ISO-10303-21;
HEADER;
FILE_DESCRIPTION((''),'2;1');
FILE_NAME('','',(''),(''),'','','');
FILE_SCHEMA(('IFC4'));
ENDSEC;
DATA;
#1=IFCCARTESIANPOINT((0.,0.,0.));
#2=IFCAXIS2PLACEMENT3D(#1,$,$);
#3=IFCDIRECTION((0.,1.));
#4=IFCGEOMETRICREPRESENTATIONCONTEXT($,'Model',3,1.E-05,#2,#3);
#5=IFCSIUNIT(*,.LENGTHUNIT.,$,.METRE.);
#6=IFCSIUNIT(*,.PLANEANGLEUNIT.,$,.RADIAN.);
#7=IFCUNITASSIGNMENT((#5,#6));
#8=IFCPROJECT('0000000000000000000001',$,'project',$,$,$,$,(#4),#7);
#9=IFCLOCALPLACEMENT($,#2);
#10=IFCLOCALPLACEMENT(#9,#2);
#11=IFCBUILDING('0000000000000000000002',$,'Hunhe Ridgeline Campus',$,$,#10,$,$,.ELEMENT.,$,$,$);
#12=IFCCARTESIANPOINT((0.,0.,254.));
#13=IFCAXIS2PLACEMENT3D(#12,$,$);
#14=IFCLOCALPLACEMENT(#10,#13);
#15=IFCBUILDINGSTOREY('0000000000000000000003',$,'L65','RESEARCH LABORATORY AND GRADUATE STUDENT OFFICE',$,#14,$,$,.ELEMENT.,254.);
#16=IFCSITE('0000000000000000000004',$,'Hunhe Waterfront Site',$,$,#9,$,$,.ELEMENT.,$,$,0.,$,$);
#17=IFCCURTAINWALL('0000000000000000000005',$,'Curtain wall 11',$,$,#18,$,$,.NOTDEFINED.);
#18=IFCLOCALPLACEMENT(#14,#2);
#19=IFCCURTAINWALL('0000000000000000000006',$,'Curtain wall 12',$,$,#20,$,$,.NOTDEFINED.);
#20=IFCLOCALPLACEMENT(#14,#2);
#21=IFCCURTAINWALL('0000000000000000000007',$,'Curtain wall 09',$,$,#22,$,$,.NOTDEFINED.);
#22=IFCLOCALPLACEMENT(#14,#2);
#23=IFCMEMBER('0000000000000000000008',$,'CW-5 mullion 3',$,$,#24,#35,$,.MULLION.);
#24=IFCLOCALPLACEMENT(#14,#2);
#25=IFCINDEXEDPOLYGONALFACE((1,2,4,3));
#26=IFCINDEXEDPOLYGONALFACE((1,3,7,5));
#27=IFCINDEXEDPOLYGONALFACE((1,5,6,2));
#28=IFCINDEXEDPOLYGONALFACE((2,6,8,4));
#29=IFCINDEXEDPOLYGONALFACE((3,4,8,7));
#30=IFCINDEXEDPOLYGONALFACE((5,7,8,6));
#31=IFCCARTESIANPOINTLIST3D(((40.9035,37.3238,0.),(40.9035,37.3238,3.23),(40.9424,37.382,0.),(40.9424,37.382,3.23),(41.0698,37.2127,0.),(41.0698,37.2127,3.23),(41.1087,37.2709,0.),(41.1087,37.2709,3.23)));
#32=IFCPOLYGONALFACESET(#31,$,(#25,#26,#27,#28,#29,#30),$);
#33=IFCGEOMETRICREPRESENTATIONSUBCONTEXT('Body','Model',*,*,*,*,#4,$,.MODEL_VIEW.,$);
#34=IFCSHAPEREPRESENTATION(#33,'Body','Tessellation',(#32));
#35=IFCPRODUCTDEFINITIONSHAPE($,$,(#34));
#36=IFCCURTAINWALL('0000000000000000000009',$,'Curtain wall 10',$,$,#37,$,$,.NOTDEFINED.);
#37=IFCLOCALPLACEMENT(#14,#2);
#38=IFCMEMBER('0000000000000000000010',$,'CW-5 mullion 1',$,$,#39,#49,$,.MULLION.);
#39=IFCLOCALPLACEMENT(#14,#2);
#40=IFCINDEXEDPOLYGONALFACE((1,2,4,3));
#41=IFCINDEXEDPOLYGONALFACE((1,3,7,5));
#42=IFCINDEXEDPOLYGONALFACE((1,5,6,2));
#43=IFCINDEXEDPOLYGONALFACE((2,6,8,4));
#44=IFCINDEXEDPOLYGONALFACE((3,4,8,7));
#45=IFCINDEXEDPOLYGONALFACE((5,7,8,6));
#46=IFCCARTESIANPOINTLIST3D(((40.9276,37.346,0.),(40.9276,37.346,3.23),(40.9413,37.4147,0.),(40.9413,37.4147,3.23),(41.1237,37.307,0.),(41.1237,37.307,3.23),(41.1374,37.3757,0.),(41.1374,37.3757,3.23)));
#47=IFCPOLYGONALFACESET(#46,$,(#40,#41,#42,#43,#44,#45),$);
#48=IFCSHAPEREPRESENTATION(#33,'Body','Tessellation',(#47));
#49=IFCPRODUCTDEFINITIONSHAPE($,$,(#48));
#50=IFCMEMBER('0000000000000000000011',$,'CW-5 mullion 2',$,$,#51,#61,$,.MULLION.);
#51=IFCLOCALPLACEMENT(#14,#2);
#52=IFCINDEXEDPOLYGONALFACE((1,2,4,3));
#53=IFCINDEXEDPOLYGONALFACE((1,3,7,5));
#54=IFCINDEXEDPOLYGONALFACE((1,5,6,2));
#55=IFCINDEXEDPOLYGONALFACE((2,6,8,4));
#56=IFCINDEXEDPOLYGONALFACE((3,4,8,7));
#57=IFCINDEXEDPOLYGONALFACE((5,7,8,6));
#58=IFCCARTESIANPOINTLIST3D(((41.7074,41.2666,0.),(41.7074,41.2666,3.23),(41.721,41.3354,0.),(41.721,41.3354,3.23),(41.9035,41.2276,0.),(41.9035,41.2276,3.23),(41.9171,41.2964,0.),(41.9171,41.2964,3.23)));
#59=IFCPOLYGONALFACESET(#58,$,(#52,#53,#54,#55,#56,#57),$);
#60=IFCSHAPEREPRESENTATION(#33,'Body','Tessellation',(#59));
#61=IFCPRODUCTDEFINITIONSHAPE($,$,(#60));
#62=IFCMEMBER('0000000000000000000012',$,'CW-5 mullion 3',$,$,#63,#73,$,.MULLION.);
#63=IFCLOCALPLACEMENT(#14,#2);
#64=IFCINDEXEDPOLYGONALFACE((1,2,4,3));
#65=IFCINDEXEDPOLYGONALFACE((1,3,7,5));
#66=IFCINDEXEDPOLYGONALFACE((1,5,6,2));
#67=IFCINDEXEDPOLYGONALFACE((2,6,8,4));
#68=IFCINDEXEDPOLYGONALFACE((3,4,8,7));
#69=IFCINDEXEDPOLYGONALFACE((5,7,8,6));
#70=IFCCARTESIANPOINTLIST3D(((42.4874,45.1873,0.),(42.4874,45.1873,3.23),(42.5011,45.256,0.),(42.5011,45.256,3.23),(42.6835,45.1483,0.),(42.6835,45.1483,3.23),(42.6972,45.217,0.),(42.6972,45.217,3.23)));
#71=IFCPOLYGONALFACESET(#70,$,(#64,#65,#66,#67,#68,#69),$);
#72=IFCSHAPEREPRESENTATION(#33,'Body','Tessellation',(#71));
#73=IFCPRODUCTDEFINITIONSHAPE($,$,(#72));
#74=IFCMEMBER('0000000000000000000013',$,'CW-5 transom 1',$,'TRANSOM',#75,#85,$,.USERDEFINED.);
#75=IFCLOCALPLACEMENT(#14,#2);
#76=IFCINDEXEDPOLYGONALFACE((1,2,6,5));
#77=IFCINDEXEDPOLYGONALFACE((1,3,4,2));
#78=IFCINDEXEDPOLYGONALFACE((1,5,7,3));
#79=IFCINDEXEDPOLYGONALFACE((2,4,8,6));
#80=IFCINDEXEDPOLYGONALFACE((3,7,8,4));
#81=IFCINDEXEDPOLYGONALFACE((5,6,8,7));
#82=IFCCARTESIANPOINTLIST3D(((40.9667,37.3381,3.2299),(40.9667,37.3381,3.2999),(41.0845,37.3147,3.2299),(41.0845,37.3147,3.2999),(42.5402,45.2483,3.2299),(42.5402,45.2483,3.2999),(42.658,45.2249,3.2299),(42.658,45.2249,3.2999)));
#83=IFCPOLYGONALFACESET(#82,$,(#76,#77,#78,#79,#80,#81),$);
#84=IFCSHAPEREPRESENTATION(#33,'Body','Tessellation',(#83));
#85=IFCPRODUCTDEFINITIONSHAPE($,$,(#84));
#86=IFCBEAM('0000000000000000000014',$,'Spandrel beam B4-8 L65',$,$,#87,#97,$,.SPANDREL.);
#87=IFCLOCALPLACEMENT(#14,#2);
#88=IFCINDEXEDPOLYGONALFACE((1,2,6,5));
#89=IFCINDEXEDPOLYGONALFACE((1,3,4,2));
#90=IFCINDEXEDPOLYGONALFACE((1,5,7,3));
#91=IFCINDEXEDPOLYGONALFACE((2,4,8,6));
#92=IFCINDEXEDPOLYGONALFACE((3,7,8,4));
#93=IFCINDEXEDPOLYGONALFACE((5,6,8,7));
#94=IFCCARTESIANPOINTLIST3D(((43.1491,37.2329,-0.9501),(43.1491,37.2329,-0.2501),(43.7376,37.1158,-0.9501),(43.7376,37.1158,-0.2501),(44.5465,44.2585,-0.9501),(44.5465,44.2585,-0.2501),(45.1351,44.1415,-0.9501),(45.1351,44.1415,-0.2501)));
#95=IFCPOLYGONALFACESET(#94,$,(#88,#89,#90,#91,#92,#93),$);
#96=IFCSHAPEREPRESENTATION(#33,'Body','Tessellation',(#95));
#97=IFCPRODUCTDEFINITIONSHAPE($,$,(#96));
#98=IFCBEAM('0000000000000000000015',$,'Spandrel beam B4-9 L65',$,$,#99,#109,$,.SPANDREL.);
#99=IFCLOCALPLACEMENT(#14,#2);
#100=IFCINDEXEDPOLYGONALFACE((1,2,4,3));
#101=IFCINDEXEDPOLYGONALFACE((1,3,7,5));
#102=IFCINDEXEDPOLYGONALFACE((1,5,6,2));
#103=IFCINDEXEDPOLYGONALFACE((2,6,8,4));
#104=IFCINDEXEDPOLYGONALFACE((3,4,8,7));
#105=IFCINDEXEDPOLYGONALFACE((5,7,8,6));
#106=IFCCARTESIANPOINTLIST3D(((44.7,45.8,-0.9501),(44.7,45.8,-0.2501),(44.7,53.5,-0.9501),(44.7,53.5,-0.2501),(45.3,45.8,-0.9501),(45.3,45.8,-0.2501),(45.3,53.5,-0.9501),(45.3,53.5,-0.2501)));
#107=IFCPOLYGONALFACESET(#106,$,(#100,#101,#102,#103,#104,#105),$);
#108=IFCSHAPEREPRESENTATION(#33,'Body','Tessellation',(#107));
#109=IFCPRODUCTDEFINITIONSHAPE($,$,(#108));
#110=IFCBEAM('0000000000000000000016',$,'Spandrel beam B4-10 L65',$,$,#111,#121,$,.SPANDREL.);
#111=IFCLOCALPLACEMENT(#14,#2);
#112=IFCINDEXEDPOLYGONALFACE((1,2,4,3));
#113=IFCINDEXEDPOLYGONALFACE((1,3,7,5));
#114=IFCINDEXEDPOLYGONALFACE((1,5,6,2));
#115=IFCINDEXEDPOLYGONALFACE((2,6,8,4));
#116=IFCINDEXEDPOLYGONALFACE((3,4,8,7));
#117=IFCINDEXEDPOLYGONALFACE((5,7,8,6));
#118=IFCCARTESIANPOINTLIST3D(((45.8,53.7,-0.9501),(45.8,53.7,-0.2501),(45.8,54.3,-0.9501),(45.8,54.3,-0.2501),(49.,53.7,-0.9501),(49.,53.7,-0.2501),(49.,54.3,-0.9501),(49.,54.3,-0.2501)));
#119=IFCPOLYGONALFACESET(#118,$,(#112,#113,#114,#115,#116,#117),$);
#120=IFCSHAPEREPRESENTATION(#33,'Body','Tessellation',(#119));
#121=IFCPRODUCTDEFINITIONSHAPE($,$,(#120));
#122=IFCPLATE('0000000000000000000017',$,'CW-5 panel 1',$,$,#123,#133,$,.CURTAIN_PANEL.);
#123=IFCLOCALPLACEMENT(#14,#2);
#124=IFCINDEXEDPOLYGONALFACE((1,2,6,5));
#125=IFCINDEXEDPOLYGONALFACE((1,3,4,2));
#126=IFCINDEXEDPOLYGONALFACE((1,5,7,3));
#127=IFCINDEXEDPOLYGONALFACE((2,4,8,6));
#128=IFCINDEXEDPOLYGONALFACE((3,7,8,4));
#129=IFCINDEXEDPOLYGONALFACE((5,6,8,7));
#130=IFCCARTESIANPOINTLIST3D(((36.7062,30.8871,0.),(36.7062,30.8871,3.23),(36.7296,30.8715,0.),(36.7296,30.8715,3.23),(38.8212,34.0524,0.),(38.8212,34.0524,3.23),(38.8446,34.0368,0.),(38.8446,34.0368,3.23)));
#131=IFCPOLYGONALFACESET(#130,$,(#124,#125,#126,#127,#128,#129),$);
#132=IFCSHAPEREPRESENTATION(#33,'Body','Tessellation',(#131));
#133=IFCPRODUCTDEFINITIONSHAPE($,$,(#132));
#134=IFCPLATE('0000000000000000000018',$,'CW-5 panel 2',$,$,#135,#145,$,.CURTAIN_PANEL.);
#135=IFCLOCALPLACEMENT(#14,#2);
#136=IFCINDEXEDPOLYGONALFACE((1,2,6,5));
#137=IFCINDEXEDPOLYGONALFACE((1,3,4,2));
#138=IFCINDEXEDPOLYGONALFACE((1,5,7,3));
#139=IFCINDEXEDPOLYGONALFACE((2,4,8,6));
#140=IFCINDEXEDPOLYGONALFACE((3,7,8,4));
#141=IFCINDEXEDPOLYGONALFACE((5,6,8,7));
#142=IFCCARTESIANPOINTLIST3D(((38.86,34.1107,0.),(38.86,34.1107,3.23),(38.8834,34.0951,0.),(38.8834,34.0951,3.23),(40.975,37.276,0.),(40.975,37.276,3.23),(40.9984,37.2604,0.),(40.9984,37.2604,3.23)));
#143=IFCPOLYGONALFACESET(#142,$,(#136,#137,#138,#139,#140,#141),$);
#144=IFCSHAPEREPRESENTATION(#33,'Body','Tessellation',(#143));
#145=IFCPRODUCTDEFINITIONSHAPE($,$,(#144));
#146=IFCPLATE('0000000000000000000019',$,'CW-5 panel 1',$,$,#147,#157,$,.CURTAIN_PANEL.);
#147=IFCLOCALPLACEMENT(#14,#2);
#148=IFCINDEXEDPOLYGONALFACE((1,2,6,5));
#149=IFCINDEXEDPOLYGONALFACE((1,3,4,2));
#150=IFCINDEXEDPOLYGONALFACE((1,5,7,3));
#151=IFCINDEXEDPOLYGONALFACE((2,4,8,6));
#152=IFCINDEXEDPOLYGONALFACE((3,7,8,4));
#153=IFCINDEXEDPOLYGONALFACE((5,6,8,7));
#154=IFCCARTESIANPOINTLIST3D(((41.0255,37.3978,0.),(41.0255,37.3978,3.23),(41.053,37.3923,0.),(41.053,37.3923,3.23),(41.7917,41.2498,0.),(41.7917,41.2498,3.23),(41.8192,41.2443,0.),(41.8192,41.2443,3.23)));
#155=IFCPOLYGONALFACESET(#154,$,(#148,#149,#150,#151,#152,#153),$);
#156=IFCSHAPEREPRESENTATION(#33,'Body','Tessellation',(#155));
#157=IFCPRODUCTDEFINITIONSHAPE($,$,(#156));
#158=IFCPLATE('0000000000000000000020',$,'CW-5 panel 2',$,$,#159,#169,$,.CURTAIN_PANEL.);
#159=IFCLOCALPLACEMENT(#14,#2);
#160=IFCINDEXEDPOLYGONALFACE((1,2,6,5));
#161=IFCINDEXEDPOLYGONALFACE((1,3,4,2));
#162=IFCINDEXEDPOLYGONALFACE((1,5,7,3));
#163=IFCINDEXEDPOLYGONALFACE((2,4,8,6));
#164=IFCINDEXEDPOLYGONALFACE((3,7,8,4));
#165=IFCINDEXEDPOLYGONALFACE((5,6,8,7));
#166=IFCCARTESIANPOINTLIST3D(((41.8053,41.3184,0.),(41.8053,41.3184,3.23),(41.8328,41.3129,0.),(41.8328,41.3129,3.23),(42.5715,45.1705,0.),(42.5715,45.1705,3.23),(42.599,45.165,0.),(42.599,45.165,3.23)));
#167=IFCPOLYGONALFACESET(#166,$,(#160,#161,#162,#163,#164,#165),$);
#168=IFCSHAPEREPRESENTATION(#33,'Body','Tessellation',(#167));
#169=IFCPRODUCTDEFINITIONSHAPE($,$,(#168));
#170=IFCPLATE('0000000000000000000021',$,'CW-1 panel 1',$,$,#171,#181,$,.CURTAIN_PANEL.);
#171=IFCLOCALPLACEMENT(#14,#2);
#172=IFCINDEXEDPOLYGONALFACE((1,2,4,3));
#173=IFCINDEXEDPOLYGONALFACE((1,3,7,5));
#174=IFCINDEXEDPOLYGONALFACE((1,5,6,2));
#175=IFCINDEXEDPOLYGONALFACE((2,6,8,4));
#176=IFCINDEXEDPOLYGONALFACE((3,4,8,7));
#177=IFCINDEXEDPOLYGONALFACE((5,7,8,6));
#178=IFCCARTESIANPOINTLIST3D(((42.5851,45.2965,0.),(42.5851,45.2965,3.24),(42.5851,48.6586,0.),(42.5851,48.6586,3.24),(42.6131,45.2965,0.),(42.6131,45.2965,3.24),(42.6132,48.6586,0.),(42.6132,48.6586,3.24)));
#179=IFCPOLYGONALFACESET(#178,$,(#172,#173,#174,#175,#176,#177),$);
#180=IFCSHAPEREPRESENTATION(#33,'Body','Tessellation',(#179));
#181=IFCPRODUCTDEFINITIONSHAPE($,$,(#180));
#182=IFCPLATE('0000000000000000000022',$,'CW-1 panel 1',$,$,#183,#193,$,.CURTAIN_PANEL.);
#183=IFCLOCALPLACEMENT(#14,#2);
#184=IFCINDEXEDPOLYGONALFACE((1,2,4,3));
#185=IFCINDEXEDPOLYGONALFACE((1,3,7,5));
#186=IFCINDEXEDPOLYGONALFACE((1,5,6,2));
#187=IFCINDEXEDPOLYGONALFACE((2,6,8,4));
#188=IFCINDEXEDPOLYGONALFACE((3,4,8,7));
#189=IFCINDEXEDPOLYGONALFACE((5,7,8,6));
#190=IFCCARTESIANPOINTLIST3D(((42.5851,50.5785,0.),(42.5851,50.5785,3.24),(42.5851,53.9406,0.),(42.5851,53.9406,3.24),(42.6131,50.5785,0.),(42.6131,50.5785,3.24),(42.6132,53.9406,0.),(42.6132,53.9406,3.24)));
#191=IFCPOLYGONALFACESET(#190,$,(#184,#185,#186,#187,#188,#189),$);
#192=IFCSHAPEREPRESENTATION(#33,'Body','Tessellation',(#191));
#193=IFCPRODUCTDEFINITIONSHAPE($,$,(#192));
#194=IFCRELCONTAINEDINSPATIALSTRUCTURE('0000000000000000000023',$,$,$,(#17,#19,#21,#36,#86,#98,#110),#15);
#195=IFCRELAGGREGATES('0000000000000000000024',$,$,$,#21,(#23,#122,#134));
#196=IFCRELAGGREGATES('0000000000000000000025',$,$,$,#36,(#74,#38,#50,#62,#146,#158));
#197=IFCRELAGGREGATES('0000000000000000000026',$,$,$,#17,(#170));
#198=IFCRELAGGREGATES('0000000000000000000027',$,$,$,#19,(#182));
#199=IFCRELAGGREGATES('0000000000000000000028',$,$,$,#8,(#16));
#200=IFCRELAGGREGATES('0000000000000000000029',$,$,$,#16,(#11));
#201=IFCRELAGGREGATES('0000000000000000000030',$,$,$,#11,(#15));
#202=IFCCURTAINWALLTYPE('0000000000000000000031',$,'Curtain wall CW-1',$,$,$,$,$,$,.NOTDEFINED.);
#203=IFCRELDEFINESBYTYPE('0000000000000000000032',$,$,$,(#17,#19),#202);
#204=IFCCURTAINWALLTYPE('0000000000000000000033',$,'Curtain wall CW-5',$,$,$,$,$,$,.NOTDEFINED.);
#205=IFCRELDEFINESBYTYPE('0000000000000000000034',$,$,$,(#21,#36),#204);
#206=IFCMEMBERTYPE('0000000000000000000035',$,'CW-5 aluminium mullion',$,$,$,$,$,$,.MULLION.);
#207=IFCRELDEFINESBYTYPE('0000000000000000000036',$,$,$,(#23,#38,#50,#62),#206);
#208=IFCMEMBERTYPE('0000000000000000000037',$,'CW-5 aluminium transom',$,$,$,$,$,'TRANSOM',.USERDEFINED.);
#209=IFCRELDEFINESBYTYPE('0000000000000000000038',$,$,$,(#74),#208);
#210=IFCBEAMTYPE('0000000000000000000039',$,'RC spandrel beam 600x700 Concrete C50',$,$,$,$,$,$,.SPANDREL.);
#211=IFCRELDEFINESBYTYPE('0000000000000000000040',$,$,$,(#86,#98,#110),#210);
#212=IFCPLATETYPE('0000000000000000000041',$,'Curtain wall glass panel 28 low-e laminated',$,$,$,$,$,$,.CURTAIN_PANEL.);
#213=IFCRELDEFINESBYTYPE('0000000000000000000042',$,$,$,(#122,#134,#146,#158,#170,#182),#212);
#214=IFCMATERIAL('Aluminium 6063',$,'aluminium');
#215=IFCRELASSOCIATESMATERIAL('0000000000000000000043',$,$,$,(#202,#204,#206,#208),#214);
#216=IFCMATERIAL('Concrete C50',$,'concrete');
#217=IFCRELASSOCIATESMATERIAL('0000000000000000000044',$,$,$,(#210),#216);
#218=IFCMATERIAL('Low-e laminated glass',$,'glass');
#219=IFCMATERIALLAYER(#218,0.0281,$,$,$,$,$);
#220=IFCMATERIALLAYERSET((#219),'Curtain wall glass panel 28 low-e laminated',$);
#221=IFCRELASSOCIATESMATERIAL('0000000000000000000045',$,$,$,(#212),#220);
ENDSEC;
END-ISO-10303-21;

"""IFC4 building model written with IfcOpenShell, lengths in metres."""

from ifc_helpers import new_model, si_unit, direction, frame, origin, origin_2d, place, context, subcontext, project, spatial, rectangle, extrude, material, layer, layer_set, material_profile, profile_set, type_object, element, aggregate, save


model = new_model("IFC4")

# Units and contexts
model_context = context("Model", 3, precision=1e-05, world=origin(), true_north=direction((0.0, 1.0)))
body_context = subcontext(model_context, "Body", "Model", "MODEL_VIEW")
ifc_project = project(units=[si_unit("LENGTHUNIT", "METRE"), si_unit("PLANEANGLEUNIT", "RADIAN")], contexts=[model_context])

# Site, building, storey
site_placement = place(None, origin())
site = spatial("IfcSite", under=ifc_project, at=site_placement, Name="Hunhe Waterfront Site", CompositionType="ELEMENT", RefElevation=0.0)
building_placement = place(site_placement, origin())
building = spatial("IfcBuilding", under=site, at=building_placement, Name="Hunhe Ridgeline Campus", CompositionType="ELEMENT")
storey_placement = place(building_placement, frame((0.0, 0.0, 254.0)))
storey = spatial("IfcBuildingStorey", under=building, at=storey_placement, Name="L65", Description="RESEARCH LABORATORY AND GRADUATE STUDENT OFFICE", CompositionType="ELEMENT", Elevation=254.0)

# Curtain walls
ifc_material_1 = material(Name="Aluminium 6063", Category="aluminium")
curtain_wall_type_1 = type_object("IfcCurtainWallType", Name="Curtain wall CW-1", PredefinedType="NOTDEFINED", material=ifc_material_1)
curtain_wall_1_placement = place(storey_placement, origin())
curtain_wall_1 = element("IfcCurtainWall", 1, at=curtain_wall_1_placement, inside=storey, type_object=curtain_wall_type_1, Name="Curtain wall 11", PredefinedType="NOTDEFINED")
curtain_wall_2_placement = place(storey_placement, origin())
curtain_wall_2 = element("IfcCurtainWall", 2, at=curtain_wall_2_placement, inside=storey, type_object=curtain_wall_type_1, Name="Curtain wall 12", PredefinedType="NOTDEFINED")

# Curtain walls, members
curtain_wall_type_2 = type_object("IfcCurtainWallType", Name="Curtain wall CW-5", PredefinedType="NOTDEFINED", material=ifc_material_1)
curtain_wall_3_placement = place(storey_placement, origin())
curtain_wall_3 = element("IfcCurtainWall", 3, at=curtain_wall_3_placement, inside=storey, type_object=curtain_wall_type_2, Name="Curtain wall 09", PredefinedType="NOTDEFINED")
ifc_material_profile_1 = material_profile(ifc_material_1, rectangle(XDim=0.2, YDim=0.0701, at=origin_2d()))
ifc_profile_set_1 = profile_set([ifc_material_profile_1], Name="Aluminium 6063")
member_type_1 = type_object("IfcMemberType", Name="CW-5 aluminium mullion", PredefinedType="MULLION", material=ifc_profile_set_1)
member_1_placement = place(storey_placement, frame((41.0061, 37.2974, 0.0), z_axis=(0.0, 0.0, 1.0), x_axis=(-0.83147, 0.55557, 0.0)))
member_1 = element("IfcMember", 4, at=member_1_placement, type_object=member_type_1, Name="CW-5 mullion 3", PredefinedType="MULLION", context=body_context, shape_type="SweptSolid", body=[
    extrude(rectangle(XDim=0.2, YDim=0.0701, at=origin_2d()), origin(), (0.0, 0.0, 1.0), 3.23),
])
curtain_wall_4_placement = place(storey_placement, origin())
curtain_wall_4 = element("IfcCurtainWall", 5, at=curtain_wall_4_placement, inside=storey, type_object=curtain_wall_type_2, Name="Curtain wall 10", PredefinedType="NOTDEFINED")
member_2_placement = place(storey_placement, frame((41.0325, 37.3608, 0.0), z_axis=(0.0, 0.0, 1.0), x_axis=(-0.980785, 0.19509, 0.0)))
member_2 = element("IfcMember", 6, at=member_2_placement, type_object=member_type_1, Name="CW-5 mullion 1", PredefinedType="MULLION", context=body_context, shape_type="SweptSolid", body=[
    extrude(rectangle(XDim=0.2, YDim=0.0701, at=origin_2d()), origin(), (0.0, 0.0, 1.0), 3.23),
])
member_3_placement = place(storey_placement, frame((41.8123, 41.2815, 0.0), z_axis=(0.0, 0.0, 1.0), x_axis=(-0.980785, 0.19509, 0.0)))
member_3 = element("IfcMember", 7, at=member_3_placement, type_object=member_type_1, Name="CW-5 mullion 2", PredefinedType="MULLION", context=body_context, shape_type="SweptSolid", body=[
    extrude(rectangle(XDim=0.2, YDim=0.0701, at=origin_2d()), origin(), (0.0, 0.0, 1.0), 3.23),
])
member_4_placement = place(storey_placement, frame((42.5923, 45.2021, 0.0), z_axis=(0.0, 0.0, 1.0), x_axis=(-0.980785, 0.19509, 0.0)))
member_4 = element("IfcMember", 8, at=member_4_placement, type_object=member_type_1, Name="CW-5 mullion 3", PredefinedType="MULLION", context=body_context, shape_type="SweptSolid", body=[
    extrude(rectangle(XDim=0.2, YDim=0.0701, at=origin_2d()), origin(), (0.0, 0.0, 1.0), 3.23),
])
ifc_material_profile_2 = material_profile(ifc_material_1, rectangle(XDim=0.1201, YDim=0.0701, at=origin_2d()))
ifc_profile_set_2 = profile_set([ifc_material_profile_2], Name="Aluminium 6063")
member_type_2 = type_object("IfcMemberType", Name="CW-5 aluminium transom", ElementType="TRANSOM", PredefinedType="USERDEFINED", material=ifc_profile_set_2)
member_5_placement = place(storey_placement, frame((41.0256, 37.3264, 3.2649), z_axis=(0.195097, 0.980784, 0.0), x_axis=(-0.980784, 0.195097, 0.0)))
member_5 = element("IfcMember", 9, at=member_5_placement, type_object=member_type_2, Name="CW-5 transom 1", ObjectType="TRANSOM", PredefinedType="USERDEFINED", context=body_context, shape_type="SweptSolid", body=[
    extrude(rectangle(XDim=0.1201, YDim=0.0701, at=origin_2d()), origin(), (0.0, 0.0, 1.0), 8.0652),
])

# Beams
ifc_material_2 = material(Name="Concrete C50", Category="concrete")
ifc_material_profile_3 = material_profile(ifc_material_2, rectangle(XDim=0.6001, YDim=0.7, at=origin_2d()))
ifc_profile_set_3 = profile_set([ifc_material_profile_3], Name="Concrete C50")
beam_type = type_object("IfcBeamType", Name="RC spandrel beam 600x700 Concrete C50", PredefinedType="SPANDREL", material=ifc_profile_set_3)
beam_1_placement = place(storey_placement, frame((43.4434, 37.1743, -0.6001), z_axis=(0.195087, 0.980786, 0.0), x_axis=(-0.980786, 0.195087, 0.0)))
element("IfcBeam", 10, at=beam_1_placement, inside=storey, type_object=beam_type, Name="Spandrel beam B4-8 L65", PredefinedType="SPANDREL", context=body_context, shape_type="SweptSolid", body=[
    extrude(rectangle(XDim=0.6001, YDim=0.7, at=origin_2d()), origin(), (0.0, 0.0, 1.0), 7.1633),
])
beam_2_placement = place(storey_placement, frame((45.0, 45.8, -0.6001), z_axis=(0.0, 1.0, 0.0), x_axis=(-1.0, 0.0, 0.0)))
element("IfcBeam", 11, at=beam_2_placement, inside=storey, type_object=beam_type, Name="Spandrel beam B4-9 L65", PredefinedType="SPANDREL", context=body_context, shape_type="SweptSolid", body=[
    extrude(rectangle(XDim=0.6001, YDim=0.7, at=origin_2d()), origin(), (0.0, 0.0, 1.0), 7.7),
])
beam_3_placement = place(storey_placement, frame((45.8, 54.0, -0.6001), z_axis=(1.0, 0.0, 0.0), x_axis=(0.0, 1.0, 0.0)))
element("IfcBeam", 12, at=beam_3_placement, inside=storey, type_object=beam_type, Name="Spandrel beam B4-10 L65", PredefinedType="SPANDREL", context=body_context, shape_type="SweptSolid", body=[
    extrude(rectangle(XDim=0.6001, YDim=0.7, at=origin_2d()), origin(), (0.0, 0.0, 1.0), 3.2),
])

# Plates
ifc_material_3 = material(Name="Low-e laminated glass", Category="glass")
ifc_layer_1 = layer(ifc_material_3, 0.0281)
ifc_layer_set_1 = layer_set([ifc_layer_1], Name="Curtain wall glass panel 28 low-e laminated")
plate_type = type_object("IfcPlateType", Name="Curtain wall glass panel 28 low-e laminated", PredefinedType="CURTAIN_PANEL", material=ifc_layer_set_1)
plate_1_placement = place(storey_placement, frame((37.7754, 32.4619, 0.0), z_axis=(0.0, 0.0, 1.0), x_axis=(0.55557, 0.83147, 0.0)))
plate_1 = element("IfcPlate", 13, at=plate_1_placement, type_object=plate_type, Name="CW-5 panel 1", PredefinedType="CURTAIN_PANEL", context=body_context, shape_type="SweptSolid", body=[
    extrude(rectangle(XDim=3.8069, YDim=0.0281, at=origin_2d()), origin(), (0.0, 0.0, 1.0), 3.23),
])
plate_2_placement = place(storey_placement, frame((39.9292, 35.6855, 0.0), z_axis=(0.0, 0.0, 1.0), x_axis=(0.55557, 0.83147, 0.0)))
plate_2 = element("IfcPlate", 14, at=plate_2_placement, type_object=plate_type, Name="CW-5 panel 2", PredefinedType="CURTAIN_PANEL", context=body_context, shape_type="SweptSolid", body=[
    extrude(rectangle(XDim=3.8069, YDim=0.0281, at=origin_2d()), origin(), (0.0, 0.0, 1.0), 3.23),
])
aggregate(curtain_wall_3, [member_1, plate_1, plate_2])
plate_3_placement = place(storey_placement, frame((41.4224, 39.321, 0.0), z_axis=(0.0, 0.0, 1.0), x_axis=(0.19509, 0.980785, 0.0)))
plate_3 = element("IfcPlate", 15, at=plate_3_placement, type_object=plate_type, Name="CW-5 panel 1", PredefinedType="CURTAIN_PANEL", context=body_context, shape_type="SweptSolid", body=[
    extrude(rectangle(XDim=3.9275, YDim=0.0281, at=origin_2d()), origin(), (0.0, 0.0, 1.0), 3.23),
])
plate_4_placement = place(storey_placement, frame((42.2021, 43.2417, 0.0), z_axis=(0.0, 0.0, 1.0), x_axis=(0.19509, 0.980785, 0.0)))
plate_4 = element("IfcPlate", 16, at=plate_4_placement, type_object=plate_type, Name="CW-5 panel 2", PredefinedType="CURTAIN_PANEL", context=body_context, shape_type="SweptSolid", body=[
    extrude(rectangle(XDim=3.9275, YDim=0.0281, at=origin_2d()), origin(), (0.0, 0.0, 1.0), 3.23),
])
aggregate(curtain_wall_4, [member_5, member_2, member_3, member_4, plate_3, plate_4])
plate_5_placement = place(storey_placement, frame((42.5991, 46.9775, 0.0), z_axis=(0.0, 0.0, 1.0), x_axis=(0.000019, 1.0, 0.0)))
plate_5 = element("IfcPlate", 17, at=plate_5_placement, type_object=plate_type, Name="CW-1 panel 1", PredefinedType="CURTAIN_PANEL", context=body_context, shape_type="SweptSolid", body=[
    extrude(rectangle(XDim=3.3621, YDim=0.0281, at=origin_2d()), origin(), (0.0, 0.0, 1.0), 3.24),
])
aggregate(curtain_wall_1, [plate_5])
plate_6_placement = place(storey_placement, frame((42.5991, 52.2595, 0.0), z_axis=(0.0, 0.0, 1.0), x_axis=(0.000019, 1.0, 0.0)))
plate_6 = element("IfcPlate", 18, at=plate_6_placement, type_object=plate_type, Name="CW-1 panel 1", PredefinedType="CURTAIN_PANEL", context=body_context, shape_type="SweptSolid", body=[
    extrude(rectangle(XDim=3.3621, YDim=0.0281, at=origin_2d()), origin(), (0.0, 0.0, 1.0), 3.24),
])
aggregate(curtain_wall_2, [plate_6])

save(model, "model.ifc")
